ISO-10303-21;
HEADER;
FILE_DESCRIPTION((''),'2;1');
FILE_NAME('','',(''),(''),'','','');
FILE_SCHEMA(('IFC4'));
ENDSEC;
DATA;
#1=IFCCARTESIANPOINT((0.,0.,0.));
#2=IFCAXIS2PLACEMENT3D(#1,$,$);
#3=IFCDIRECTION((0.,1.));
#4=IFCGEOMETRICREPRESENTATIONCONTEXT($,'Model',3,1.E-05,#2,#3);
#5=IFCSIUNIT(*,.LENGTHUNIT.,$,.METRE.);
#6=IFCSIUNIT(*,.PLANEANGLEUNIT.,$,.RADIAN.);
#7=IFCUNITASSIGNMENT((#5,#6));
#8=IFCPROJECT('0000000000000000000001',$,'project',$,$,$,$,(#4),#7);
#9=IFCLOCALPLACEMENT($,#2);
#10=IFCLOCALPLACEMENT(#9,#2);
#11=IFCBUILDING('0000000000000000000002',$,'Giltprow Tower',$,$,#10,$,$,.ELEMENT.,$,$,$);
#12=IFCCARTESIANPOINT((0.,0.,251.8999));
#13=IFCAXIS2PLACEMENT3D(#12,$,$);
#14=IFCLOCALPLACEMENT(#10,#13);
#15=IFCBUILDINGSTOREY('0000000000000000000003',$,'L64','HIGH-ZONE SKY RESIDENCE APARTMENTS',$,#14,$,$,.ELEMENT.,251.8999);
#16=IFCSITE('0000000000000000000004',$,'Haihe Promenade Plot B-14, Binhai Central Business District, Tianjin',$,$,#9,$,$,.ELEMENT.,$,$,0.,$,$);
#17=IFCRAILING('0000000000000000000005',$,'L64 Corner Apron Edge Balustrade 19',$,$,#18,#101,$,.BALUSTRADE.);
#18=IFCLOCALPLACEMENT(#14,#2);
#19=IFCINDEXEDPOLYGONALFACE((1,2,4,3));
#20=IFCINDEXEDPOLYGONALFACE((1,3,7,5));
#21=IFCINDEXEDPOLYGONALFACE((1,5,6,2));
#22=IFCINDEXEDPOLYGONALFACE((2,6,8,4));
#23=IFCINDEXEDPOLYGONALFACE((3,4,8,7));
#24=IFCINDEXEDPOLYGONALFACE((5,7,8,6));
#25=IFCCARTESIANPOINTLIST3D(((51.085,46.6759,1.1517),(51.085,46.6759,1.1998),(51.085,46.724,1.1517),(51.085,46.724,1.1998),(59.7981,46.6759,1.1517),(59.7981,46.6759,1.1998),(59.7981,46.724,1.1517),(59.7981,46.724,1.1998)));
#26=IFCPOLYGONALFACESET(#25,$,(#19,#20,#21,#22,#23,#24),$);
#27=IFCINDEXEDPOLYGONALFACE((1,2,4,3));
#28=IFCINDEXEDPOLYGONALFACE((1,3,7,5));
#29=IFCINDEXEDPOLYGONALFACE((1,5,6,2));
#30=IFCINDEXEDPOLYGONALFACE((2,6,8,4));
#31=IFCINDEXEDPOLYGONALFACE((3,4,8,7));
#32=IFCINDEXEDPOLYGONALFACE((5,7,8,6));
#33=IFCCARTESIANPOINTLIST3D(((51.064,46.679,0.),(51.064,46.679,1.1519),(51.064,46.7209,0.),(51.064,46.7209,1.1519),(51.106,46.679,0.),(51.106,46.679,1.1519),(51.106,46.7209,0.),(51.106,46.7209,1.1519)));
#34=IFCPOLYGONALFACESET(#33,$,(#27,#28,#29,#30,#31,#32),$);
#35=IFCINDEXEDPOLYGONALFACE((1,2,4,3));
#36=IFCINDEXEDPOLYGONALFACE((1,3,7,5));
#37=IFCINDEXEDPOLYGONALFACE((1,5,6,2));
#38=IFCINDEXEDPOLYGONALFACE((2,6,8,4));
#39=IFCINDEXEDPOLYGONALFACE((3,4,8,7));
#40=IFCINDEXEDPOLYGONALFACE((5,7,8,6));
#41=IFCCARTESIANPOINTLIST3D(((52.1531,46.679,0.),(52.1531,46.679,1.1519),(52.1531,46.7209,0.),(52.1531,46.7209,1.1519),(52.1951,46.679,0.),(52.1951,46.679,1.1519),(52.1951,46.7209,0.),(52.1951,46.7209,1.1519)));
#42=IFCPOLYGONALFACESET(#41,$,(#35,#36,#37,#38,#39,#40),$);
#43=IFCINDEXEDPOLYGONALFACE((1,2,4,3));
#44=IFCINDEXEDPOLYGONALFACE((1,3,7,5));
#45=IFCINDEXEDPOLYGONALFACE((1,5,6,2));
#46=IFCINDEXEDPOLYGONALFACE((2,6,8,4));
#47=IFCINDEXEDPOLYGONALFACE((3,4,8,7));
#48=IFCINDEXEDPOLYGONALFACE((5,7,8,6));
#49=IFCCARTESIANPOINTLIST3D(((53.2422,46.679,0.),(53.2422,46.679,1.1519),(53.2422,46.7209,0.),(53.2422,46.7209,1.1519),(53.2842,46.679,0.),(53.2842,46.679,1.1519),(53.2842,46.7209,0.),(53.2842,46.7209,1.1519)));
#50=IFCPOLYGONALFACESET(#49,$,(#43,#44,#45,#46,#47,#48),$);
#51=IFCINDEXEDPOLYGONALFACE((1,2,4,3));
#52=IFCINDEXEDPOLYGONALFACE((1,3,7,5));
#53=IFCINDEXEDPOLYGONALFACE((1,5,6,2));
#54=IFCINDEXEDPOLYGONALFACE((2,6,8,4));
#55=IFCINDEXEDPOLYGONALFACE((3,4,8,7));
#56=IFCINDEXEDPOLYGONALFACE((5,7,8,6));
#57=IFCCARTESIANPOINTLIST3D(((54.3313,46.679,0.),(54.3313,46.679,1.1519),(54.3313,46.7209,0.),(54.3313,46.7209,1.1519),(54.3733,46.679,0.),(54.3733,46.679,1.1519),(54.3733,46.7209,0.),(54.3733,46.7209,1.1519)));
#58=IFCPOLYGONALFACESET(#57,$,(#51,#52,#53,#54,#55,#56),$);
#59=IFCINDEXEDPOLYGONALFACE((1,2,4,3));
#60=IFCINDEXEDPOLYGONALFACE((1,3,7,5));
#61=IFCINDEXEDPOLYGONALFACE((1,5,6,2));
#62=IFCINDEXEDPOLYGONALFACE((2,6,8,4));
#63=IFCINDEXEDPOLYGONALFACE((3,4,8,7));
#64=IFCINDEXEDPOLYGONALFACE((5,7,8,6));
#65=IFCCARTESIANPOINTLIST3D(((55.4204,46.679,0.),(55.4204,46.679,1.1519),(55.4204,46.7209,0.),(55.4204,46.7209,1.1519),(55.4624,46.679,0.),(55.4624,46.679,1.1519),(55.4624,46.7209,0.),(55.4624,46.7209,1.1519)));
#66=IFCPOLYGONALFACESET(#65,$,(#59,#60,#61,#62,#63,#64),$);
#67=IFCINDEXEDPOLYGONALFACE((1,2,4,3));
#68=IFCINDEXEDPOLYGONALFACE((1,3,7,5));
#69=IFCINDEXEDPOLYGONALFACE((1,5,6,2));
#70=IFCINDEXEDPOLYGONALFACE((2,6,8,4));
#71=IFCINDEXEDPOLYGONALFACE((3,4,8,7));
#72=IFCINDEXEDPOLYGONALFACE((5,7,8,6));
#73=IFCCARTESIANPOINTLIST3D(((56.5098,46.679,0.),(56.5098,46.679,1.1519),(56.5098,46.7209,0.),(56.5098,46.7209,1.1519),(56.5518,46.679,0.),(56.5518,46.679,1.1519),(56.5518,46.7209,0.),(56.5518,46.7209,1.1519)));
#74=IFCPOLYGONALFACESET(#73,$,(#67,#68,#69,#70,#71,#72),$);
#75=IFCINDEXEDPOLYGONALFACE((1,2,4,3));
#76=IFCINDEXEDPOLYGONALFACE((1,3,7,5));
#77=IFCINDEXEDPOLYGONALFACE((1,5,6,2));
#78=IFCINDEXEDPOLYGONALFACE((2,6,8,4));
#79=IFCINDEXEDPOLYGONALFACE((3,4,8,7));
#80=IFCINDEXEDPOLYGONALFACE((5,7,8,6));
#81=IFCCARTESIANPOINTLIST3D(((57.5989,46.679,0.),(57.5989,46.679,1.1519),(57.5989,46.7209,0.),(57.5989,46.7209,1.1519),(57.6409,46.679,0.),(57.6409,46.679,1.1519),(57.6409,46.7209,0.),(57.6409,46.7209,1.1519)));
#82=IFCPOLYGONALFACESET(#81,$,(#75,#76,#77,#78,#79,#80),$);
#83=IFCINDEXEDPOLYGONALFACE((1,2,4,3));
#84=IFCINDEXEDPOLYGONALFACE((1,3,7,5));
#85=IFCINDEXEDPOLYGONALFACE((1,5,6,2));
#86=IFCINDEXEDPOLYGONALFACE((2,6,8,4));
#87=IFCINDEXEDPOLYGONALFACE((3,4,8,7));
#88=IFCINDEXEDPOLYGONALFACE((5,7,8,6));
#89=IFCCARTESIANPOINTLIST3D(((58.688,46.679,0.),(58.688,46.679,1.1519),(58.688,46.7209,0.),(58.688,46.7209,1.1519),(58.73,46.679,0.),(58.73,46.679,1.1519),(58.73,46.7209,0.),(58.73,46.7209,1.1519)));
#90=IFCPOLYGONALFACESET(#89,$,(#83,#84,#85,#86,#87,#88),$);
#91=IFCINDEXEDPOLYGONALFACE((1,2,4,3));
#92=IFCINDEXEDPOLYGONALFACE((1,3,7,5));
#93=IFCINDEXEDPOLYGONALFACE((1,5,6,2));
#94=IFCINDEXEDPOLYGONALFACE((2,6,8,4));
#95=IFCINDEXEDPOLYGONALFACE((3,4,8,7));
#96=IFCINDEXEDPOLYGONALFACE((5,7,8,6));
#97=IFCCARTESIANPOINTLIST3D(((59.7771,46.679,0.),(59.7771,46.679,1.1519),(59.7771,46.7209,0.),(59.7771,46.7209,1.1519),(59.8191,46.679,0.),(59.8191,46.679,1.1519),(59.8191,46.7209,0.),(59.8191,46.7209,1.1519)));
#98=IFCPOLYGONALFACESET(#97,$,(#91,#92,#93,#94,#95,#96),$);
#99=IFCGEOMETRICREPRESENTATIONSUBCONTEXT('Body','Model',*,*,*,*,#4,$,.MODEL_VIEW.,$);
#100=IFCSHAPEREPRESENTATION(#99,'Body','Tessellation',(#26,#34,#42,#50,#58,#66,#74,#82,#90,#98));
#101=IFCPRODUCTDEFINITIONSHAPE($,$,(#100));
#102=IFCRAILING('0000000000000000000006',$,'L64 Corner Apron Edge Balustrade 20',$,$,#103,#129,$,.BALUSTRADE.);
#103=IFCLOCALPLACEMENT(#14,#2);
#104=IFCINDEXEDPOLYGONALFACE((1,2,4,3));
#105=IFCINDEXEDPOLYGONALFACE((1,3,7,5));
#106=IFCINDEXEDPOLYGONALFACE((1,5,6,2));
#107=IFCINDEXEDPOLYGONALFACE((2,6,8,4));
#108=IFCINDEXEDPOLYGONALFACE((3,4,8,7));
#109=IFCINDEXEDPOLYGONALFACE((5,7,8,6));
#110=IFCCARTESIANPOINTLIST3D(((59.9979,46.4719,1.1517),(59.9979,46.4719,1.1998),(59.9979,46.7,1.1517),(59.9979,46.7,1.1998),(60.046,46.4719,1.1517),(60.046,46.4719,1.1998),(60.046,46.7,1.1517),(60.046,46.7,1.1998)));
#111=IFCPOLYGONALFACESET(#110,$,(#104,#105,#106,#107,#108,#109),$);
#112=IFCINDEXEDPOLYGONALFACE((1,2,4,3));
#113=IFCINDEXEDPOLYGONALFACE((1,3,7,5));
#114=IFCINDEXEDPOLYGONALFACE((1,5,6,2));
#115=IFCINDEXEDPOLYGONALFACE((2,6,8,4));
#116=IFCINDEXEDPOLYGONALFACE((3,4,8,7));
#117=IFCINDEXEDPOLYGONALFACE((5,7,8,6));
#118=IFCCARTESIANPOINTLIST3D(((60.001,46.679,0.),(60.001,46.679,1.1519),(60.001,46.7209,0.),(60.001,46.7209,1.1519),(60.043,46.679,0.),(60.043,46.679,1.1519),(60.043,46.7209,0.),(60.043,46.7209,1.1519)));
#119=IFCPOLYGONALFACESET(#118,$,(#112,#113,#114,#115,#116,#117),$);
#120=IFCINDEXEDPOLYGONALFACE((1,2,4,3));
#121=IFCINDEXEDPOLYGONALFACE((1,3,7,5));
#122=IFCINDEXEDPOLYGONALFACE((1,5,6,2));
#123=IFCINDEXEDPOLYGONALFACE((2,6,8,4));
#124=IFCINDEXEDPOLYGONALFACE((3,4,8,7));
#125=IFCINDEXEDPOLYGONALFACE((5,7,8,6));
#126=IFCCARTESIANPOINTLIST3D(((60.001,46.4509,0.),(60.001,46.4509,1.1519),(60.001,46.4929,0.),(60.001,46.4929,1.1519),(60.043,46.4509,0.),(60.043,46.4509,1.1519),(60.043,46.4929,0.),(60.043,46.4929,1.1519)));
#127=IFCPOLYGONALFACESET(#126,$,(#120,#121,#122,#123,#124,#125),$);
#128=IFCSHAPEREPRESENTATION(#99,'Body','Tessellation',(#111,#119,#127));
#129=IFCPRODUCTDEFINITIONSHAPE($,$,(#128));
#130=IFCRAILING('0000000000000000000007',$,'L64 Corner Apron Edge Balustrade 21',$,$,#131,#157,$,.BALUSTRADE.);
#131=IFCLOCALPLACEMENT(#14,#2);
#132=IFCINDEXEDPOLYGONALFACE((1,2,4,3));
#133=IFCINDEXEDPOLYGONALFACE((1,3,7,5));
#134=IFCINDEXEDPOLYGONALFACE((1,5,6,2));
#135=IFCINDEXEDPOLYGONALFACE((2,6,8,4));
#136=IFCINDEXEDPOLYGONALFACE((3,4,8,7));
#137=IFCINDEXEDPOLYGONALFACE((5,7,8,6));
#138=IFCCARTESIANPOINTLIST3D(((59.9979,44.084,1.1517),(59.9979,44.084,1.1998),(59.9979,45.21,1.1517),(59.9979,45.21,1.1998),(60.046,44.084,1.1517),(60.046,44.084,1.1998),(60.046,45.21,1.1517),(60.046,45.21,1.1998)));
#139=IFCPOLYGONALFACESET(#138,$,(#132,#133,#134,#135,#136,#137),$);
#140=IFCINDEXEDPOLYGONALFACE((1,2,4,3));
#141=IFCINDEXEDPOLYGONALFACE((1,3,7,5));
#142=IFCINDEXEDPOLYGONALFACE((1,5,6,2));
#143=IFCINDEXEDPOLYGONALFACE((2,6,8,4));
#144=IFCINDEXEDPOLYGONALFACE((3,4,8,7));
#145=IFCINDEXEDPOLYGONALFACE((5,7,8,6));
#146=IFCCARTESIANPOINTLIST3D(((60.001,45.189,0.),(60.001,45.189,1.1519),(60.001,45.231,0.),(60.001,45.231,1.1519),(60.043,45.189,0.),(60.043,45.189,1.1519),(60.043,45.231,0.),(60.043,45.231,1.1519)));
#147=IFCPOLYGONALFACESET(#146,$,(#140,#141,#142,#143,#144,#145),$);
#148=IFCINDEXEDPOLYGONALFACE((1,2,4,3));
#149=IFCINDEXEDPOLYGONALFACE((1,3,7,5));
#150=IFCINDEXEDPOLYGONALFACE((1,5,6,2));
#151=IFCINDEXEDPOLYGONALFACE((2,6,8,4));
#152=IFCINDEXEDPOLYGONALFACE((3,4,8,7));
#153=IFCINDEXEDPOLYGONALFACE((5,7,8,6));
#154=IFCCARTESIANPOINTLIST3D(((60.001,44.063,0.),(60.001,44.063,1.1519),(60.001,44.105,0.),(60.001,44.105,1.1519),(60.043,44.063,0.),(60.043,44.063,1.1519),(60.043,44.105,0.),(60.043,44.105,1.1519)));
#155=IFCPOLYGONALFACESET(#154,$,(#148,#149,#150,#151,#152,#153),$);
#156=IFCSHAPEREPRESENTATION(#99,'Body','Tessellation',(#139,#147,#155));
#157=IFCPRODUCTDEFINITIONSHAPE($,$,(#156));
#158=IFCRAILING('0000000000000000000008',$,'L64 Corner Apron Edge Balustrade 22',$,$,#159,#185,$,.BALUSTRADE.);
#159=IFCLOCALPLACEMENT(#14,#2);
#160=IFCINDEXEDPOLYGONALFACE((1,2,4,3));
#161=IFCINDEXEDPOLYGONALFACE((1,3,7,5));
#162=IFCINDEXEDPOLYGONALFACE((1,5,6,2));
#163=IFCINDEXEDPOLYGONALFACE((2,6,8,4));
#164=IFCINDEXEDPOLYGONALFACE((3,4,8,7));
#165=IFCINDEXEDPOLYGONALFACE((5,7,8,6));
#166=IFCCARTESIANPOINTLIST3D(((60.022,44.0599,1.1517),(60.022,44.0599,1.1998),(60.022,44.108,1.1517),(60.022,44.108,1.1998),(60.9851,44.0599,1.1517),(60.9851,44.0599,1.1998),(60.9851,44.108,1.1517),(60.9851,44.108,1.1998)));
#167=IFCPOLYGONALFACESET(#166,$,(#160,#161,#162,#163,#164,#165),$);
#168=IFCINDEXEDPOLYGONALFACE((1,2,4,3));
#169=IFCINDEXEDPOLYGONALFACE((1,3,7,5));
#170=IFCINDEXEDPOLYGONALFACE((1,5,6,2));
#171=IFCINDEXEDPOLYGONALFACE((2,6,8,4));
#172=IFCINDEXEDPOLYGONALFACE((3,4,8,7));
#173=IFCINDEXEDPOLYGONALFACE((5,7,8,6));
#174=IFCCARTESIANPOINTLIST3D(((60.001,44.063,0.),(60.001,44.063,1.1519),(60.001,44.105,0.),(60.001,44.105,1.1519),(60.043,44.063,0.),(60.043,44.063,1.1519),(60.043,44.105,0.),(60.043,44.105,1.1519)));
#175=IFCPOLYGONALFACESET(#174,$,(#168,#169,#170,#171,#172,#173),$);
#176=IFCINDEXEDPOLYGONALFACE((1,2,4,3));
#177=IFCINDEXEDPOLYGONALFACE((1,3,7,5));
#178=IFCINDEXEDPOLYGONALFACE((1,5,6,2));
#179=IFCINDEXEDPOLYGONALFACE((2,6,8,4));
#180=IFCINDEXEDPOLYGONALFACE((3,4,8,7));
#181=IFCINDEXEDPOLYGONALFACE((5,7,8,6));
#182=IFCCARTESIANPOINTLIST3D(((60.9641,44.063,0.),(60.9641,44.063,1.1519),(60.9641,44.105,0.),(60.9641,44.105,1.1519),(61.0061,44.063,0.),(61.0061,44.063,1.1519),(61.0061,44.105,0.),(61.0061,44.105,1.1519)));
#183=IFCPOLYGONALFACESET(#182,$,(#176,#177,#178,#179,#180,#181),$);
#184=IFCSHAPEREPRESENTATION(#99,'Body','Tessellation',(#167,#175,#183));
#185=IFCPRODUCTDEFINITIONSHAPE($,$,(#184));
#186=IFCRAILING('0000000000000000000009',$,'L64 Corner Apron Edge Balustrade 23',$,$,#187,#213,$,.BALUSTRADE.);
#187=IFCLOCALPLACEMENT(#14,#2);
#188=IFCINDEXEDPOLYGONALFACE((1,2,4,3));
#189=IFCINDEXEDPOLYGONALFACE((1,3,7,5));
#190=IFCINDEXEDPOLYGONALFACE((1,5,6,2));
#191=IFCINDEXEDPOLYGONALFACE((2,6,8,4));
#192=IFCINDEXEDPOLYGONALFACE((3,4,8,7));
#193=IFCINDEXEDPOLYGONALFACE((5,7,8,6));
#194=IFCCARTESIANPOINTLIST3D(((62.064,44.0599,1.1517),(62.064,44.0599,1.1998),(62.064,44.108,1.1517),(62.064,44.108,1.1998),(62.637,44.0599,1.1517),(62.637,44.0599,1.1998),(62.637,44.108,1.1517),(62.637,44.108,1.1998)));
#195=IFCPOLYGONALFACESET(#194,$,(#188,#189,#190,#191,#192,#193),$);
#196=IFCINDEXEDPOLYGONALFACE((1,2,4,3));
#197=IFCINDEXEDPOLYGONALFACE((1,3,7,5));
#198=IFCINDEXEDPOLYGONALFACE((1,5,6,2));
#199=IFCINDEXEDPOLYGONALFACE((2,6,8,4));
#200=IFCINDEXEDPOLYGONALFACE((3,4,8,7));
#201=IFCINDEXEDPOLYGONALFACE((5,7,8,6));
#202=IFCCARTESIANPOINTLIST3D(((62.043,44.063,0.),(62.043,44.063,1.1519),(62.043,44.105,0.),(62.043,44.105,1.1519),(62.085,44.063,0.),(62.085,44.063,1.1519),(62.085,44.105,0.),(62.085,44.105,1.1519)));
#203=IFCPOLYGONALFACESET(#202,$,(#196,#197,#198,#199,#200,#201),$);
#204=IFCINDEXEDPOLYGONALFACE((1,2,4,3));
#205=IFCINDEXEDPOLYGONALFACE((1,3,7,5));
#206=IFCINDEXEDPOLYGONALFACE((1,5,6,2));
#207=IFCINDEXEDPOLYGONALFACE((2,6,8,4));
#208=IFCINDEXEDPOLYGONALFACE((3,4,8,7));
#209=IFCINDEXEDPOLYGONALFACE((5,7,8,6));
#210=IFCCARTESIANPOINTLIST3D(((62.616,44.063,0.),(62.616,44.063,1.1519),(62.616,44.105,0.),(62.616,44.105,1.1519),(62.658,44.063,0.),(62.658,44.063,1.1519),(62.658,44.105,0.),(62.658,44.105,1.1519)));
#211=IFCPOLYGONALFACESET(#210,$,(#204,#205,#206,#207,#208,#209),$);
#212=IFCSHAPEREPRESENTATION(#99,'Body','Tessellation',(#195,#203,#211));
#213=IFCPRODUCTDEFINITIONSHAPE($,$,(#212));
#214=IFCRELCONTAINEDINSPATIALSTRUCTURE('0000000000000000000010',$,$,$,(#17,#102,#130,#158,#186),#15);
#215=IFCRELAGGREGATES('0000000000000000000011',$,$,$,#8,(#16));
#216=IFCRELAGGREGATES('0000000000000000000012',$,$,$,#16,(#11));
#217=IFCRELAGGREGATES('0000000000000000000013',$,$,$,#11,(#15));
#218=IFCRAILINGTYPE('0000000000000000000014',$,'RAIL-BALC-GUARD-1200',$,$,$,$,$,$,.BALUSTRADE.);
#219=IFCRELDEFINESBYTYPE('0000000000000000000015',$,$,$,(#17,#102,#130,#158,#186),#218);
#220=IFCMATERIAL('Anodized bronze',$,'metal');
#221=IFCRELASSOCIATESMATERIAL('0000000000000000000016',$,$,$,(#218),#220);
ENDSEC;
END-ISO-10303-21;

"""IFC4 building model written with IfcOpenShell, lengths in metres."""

from ifc_helpers import new_model, si_unit, direction, frame, origin, origin_2d, place, context, subcontext, project, spatial, rectangle, extrude, material, type_object, element, save


model = new_model("IFC4")

# Units and contexts
model_context = context("Model", 3, precision=1e-05, world=origin(), true_north=direction((0.0, 1.0)))
body_context = subcontext(model_context, "Body", "Model", "MODEL_VIEW")
ifc_project = project(units=[si_unit("LENGTHUNIT", "METRE"), si_unit("PLANEANGLEUNIT", "RADIAN")], contexts=[model_context])

# Site, building, storey
site_placement = place(None, origin())
site = spatial("IfcSite", under=ifc_project, at=site_placement, Name="Haihe Promenade Plot B-14, Binhai Central Business District, Tianjin", CompositionType="ELEMENT", RefElevation=0.0)
building_placement = place(site_placement, origin())
building = spatial("IfcBuilding", under=site, at=building_placement, Name="Giltprow Tower", CompositionType="ELEMENT")
storey_placement = place(building_placement, frame((0.0, 0.0, 251.8999)))
storey = spatial("IfcBuildingStorey", under=building, at=storey_placement, Name="L64", Description="HIGH-ZONE SKY RESIDENCE APARTMENTS", CompositionType="ELEMENT", Elevation=251.8999)

# Railings
ifc_material_1 = material(Name="Anodized bronze", Category="metal")
railing_type_1 = type_object("IfcRailingType", Name="RAIL-BALC-GUARD-1200", PredefinedType="BALUSTRADE", material=ifc_material_1)
railing_1_placement = place(storey_placement, frame((51.085, 46.7, 0.0)))
element("IfcRailing", 1, at=railing_1_placement, inside=storey, type_object=railing_type_1, Name="L64 Corner Apron Edge Balustrade 19", PredefinedType="BALUSTRADE", context=body_context, shape_type="SweptSolid", body=[
    extrude(rectangle(XDim=0.0481, YDim=0.0481, at=origin_2d()), frame((0.0, 0.0, 1.1758), z_axis=(1.0, 0.0, 0.0), x_axis=(0.0, 1.0, 0.0)), (0.0, 0.0, 1.0), 8.7131),
    extrude(rectangle(XDim=0.042, YDim=0.042, at=origin_2d()), origin(), (0.0, 0.0, 1.0), 1.1519),
    extrude(rectangle(XDim=0.042, YDim=0.042, at=origin_2d()), frame((1.0891, 0.0, 0.0)), (0.0, 0.0, 1.0), 1.1519),
    extrude(rectangle(XDim=0.042, YDim=0.042, at=origin_2d()), frame((2.1782, 0.0, 0.0)), (0.0, 0.0, 1.0), 1.1519),
    extrude(rectangle(XDim=0.042, YDim=0.042, at=origin_2d()), frame((3.2673, 0.0, 0.0)), (0.0, 0.0, 1.0), 1.1519),
    extrude(rectangle(XDim=0.042, YDim=0.042, at=origin_2d()), frame((4.3564, 0.0, 0.0)), (0.0, 0.0, 1.0), 1.1519),
    extrude(rectangle(XDim=0.042, YDim=0.042, at=origin_2d()), frame((5.4458, 0.0, 0.0)), (0.0, 0.0, 1.0), 1.1519),
    extrude(rectangle(XDim=0.042, YDim=0.042, at=origin_2d()), frame((6.5349, 0.0, 0.0)), (0.0, 0.0, 1.0), 1.1519),
    extrude(rectangle(XDim=0.042, YDim=0.042, at=origin_2d()), frame((7.624, 0.0, 0.0)), (0.0, 0.0, 1.0), 1.1519),
    extrude(rectangle(XDim=0.042, YDim=0.042, at=origin_2d()), frame((8.7131, 0.0, 0.0)), (0.0, 0.0, 1.0), 1.1519),
])
railing_2_placement = place(storey_placement, frame((60.022, 46.7, 0.0)))
element("IfcRailing", 2, at=railing_2_placement, inside=storey, type_object=railing_type_1, Name="L64 Corner Apron Edge Balustrade 20", PredefinedType="BALUSTRADE", context=body_context, shape_type="SweptSolid", body=[
    extrude(rectangle(XDim=0.0481, YDim=0.0481, at=origin_2d()), frame((0.0, 0.0, 1.1758), z_axis=(0.0, -1.0, 0.0), x_axis=(1.0, 0.0, 0.0)), (0.0, 0.0, 1.0), 0.228),
    extrude(rectangle(XDim=0.042, YDim=0.042, at=origin_2d()), origin(), (0.0, 0.0, 1.0), 1.1519),
    extrude(rectangle(XDim=0.042, YDim=0.042, at=origin_2d()), frame((0.0, -0.228, 0.0)), (0.0, 0.0, 1.0), 1.1519),
])
railing_3_placement = place(storey_placement, frame((60.022, 45.21, 0.0)))
element("IfcRailing", 3, at=railing_3_placement, inside=storey, type_object=railing_type_1, Name="L64 Corner Apron Edge Balustrade 21", PredefinedType="BALUSTRADE", context=body_context, shape_type="SweptSolid", body=[
    extrude(rectangle(XDim=0.0481, YDim=0.0481, at=origin_2d()), frame((0.0, 0.0, 1.1758), z_axis=(0.0, -1.0, 0.0), x_axis=(1.0, 0.0, 0.0)), (0.0, 0.0, 1.0), 1.126),
    extrude(rectangle(XDim=0.042, YDim=0.042, at=origin_2d()), origin(), (0.0, 0.0, 1.0), 1.1519),
    extrude(rectangle(XDim=0.042, YDim=0.042, at=origin_2d()), frame((0.0, -1.126, 0.0)), (0.0, 0.0, 1.0), 1.1519),
])
railing_4_placement = place(storey_placement, frame((60.022, 44.084, 0.0)))
element("IfcRailing", 4, at=railing_4_placement, inside=storey, type_object=railing_type_1, Name="L64 Corner Apron Edge Balustrade 22", PredefinedType="BALUSTRADE", context=body_context, shape_type="SweptSolid", body=[
    extrude(rectangle(XDim=0.0481, YDim=0.0481, at=origin_2d()), frame((0.0, 0.0, 1.1758), z_axis=(1.0, 0.0, 0.0), x_axis=(0.0, 1.0, 0.0)), (0.0, 0.0, 1.0), 0.9631),
    extrude(rectangle(XDim=0.042, YDim=0.042, at=origin_2d()), origin(), (0.0, 0.0, 1.0), 1.1519),
    extrude(rectangle(XDim=0.042, YDim=0.042, at=origin_2d()), frame((0.9631, 0.0, 0.0)), (0.0, 0.0, 1.0), 1.1519),
])
railing_5_placement = place(storey_placement, frame((62.064, 44.084, 0.0)))
element("IfcRailing", 5, at=railing_5_placement, inside=storey, type_object=railing_type_1, Name="L64 Corner Apron Edge Balustrade 23", PredefinedType="BALUSTRADE", context=body_context, shape_type="SweptSolid", body=[
    extrude(rectangle(XDim=0.0481, YDim=0.0481, at=origin_2d()), frame((0.0, 0.0, 1.1758), z_axis=(1.0, 0.0, 0.0), x_axis=(0.0, 1.0, 0.0)), (0.0, 0.0, 1.0), 0.573),
    extrude(rectangle(XDim=0.042, YDim=0.042, at=origin_2d()), origin(), (0.0, 0.0, 1.0), 1.1519),
    extrude(rectangle(XDim=0.042, YDim=0.042, at=origin_2d()), frame((0.573, 0.0, 0.0)), (0.0, 0.0, 1.0), 1.1519),
])

save(model, "model.ifc")
